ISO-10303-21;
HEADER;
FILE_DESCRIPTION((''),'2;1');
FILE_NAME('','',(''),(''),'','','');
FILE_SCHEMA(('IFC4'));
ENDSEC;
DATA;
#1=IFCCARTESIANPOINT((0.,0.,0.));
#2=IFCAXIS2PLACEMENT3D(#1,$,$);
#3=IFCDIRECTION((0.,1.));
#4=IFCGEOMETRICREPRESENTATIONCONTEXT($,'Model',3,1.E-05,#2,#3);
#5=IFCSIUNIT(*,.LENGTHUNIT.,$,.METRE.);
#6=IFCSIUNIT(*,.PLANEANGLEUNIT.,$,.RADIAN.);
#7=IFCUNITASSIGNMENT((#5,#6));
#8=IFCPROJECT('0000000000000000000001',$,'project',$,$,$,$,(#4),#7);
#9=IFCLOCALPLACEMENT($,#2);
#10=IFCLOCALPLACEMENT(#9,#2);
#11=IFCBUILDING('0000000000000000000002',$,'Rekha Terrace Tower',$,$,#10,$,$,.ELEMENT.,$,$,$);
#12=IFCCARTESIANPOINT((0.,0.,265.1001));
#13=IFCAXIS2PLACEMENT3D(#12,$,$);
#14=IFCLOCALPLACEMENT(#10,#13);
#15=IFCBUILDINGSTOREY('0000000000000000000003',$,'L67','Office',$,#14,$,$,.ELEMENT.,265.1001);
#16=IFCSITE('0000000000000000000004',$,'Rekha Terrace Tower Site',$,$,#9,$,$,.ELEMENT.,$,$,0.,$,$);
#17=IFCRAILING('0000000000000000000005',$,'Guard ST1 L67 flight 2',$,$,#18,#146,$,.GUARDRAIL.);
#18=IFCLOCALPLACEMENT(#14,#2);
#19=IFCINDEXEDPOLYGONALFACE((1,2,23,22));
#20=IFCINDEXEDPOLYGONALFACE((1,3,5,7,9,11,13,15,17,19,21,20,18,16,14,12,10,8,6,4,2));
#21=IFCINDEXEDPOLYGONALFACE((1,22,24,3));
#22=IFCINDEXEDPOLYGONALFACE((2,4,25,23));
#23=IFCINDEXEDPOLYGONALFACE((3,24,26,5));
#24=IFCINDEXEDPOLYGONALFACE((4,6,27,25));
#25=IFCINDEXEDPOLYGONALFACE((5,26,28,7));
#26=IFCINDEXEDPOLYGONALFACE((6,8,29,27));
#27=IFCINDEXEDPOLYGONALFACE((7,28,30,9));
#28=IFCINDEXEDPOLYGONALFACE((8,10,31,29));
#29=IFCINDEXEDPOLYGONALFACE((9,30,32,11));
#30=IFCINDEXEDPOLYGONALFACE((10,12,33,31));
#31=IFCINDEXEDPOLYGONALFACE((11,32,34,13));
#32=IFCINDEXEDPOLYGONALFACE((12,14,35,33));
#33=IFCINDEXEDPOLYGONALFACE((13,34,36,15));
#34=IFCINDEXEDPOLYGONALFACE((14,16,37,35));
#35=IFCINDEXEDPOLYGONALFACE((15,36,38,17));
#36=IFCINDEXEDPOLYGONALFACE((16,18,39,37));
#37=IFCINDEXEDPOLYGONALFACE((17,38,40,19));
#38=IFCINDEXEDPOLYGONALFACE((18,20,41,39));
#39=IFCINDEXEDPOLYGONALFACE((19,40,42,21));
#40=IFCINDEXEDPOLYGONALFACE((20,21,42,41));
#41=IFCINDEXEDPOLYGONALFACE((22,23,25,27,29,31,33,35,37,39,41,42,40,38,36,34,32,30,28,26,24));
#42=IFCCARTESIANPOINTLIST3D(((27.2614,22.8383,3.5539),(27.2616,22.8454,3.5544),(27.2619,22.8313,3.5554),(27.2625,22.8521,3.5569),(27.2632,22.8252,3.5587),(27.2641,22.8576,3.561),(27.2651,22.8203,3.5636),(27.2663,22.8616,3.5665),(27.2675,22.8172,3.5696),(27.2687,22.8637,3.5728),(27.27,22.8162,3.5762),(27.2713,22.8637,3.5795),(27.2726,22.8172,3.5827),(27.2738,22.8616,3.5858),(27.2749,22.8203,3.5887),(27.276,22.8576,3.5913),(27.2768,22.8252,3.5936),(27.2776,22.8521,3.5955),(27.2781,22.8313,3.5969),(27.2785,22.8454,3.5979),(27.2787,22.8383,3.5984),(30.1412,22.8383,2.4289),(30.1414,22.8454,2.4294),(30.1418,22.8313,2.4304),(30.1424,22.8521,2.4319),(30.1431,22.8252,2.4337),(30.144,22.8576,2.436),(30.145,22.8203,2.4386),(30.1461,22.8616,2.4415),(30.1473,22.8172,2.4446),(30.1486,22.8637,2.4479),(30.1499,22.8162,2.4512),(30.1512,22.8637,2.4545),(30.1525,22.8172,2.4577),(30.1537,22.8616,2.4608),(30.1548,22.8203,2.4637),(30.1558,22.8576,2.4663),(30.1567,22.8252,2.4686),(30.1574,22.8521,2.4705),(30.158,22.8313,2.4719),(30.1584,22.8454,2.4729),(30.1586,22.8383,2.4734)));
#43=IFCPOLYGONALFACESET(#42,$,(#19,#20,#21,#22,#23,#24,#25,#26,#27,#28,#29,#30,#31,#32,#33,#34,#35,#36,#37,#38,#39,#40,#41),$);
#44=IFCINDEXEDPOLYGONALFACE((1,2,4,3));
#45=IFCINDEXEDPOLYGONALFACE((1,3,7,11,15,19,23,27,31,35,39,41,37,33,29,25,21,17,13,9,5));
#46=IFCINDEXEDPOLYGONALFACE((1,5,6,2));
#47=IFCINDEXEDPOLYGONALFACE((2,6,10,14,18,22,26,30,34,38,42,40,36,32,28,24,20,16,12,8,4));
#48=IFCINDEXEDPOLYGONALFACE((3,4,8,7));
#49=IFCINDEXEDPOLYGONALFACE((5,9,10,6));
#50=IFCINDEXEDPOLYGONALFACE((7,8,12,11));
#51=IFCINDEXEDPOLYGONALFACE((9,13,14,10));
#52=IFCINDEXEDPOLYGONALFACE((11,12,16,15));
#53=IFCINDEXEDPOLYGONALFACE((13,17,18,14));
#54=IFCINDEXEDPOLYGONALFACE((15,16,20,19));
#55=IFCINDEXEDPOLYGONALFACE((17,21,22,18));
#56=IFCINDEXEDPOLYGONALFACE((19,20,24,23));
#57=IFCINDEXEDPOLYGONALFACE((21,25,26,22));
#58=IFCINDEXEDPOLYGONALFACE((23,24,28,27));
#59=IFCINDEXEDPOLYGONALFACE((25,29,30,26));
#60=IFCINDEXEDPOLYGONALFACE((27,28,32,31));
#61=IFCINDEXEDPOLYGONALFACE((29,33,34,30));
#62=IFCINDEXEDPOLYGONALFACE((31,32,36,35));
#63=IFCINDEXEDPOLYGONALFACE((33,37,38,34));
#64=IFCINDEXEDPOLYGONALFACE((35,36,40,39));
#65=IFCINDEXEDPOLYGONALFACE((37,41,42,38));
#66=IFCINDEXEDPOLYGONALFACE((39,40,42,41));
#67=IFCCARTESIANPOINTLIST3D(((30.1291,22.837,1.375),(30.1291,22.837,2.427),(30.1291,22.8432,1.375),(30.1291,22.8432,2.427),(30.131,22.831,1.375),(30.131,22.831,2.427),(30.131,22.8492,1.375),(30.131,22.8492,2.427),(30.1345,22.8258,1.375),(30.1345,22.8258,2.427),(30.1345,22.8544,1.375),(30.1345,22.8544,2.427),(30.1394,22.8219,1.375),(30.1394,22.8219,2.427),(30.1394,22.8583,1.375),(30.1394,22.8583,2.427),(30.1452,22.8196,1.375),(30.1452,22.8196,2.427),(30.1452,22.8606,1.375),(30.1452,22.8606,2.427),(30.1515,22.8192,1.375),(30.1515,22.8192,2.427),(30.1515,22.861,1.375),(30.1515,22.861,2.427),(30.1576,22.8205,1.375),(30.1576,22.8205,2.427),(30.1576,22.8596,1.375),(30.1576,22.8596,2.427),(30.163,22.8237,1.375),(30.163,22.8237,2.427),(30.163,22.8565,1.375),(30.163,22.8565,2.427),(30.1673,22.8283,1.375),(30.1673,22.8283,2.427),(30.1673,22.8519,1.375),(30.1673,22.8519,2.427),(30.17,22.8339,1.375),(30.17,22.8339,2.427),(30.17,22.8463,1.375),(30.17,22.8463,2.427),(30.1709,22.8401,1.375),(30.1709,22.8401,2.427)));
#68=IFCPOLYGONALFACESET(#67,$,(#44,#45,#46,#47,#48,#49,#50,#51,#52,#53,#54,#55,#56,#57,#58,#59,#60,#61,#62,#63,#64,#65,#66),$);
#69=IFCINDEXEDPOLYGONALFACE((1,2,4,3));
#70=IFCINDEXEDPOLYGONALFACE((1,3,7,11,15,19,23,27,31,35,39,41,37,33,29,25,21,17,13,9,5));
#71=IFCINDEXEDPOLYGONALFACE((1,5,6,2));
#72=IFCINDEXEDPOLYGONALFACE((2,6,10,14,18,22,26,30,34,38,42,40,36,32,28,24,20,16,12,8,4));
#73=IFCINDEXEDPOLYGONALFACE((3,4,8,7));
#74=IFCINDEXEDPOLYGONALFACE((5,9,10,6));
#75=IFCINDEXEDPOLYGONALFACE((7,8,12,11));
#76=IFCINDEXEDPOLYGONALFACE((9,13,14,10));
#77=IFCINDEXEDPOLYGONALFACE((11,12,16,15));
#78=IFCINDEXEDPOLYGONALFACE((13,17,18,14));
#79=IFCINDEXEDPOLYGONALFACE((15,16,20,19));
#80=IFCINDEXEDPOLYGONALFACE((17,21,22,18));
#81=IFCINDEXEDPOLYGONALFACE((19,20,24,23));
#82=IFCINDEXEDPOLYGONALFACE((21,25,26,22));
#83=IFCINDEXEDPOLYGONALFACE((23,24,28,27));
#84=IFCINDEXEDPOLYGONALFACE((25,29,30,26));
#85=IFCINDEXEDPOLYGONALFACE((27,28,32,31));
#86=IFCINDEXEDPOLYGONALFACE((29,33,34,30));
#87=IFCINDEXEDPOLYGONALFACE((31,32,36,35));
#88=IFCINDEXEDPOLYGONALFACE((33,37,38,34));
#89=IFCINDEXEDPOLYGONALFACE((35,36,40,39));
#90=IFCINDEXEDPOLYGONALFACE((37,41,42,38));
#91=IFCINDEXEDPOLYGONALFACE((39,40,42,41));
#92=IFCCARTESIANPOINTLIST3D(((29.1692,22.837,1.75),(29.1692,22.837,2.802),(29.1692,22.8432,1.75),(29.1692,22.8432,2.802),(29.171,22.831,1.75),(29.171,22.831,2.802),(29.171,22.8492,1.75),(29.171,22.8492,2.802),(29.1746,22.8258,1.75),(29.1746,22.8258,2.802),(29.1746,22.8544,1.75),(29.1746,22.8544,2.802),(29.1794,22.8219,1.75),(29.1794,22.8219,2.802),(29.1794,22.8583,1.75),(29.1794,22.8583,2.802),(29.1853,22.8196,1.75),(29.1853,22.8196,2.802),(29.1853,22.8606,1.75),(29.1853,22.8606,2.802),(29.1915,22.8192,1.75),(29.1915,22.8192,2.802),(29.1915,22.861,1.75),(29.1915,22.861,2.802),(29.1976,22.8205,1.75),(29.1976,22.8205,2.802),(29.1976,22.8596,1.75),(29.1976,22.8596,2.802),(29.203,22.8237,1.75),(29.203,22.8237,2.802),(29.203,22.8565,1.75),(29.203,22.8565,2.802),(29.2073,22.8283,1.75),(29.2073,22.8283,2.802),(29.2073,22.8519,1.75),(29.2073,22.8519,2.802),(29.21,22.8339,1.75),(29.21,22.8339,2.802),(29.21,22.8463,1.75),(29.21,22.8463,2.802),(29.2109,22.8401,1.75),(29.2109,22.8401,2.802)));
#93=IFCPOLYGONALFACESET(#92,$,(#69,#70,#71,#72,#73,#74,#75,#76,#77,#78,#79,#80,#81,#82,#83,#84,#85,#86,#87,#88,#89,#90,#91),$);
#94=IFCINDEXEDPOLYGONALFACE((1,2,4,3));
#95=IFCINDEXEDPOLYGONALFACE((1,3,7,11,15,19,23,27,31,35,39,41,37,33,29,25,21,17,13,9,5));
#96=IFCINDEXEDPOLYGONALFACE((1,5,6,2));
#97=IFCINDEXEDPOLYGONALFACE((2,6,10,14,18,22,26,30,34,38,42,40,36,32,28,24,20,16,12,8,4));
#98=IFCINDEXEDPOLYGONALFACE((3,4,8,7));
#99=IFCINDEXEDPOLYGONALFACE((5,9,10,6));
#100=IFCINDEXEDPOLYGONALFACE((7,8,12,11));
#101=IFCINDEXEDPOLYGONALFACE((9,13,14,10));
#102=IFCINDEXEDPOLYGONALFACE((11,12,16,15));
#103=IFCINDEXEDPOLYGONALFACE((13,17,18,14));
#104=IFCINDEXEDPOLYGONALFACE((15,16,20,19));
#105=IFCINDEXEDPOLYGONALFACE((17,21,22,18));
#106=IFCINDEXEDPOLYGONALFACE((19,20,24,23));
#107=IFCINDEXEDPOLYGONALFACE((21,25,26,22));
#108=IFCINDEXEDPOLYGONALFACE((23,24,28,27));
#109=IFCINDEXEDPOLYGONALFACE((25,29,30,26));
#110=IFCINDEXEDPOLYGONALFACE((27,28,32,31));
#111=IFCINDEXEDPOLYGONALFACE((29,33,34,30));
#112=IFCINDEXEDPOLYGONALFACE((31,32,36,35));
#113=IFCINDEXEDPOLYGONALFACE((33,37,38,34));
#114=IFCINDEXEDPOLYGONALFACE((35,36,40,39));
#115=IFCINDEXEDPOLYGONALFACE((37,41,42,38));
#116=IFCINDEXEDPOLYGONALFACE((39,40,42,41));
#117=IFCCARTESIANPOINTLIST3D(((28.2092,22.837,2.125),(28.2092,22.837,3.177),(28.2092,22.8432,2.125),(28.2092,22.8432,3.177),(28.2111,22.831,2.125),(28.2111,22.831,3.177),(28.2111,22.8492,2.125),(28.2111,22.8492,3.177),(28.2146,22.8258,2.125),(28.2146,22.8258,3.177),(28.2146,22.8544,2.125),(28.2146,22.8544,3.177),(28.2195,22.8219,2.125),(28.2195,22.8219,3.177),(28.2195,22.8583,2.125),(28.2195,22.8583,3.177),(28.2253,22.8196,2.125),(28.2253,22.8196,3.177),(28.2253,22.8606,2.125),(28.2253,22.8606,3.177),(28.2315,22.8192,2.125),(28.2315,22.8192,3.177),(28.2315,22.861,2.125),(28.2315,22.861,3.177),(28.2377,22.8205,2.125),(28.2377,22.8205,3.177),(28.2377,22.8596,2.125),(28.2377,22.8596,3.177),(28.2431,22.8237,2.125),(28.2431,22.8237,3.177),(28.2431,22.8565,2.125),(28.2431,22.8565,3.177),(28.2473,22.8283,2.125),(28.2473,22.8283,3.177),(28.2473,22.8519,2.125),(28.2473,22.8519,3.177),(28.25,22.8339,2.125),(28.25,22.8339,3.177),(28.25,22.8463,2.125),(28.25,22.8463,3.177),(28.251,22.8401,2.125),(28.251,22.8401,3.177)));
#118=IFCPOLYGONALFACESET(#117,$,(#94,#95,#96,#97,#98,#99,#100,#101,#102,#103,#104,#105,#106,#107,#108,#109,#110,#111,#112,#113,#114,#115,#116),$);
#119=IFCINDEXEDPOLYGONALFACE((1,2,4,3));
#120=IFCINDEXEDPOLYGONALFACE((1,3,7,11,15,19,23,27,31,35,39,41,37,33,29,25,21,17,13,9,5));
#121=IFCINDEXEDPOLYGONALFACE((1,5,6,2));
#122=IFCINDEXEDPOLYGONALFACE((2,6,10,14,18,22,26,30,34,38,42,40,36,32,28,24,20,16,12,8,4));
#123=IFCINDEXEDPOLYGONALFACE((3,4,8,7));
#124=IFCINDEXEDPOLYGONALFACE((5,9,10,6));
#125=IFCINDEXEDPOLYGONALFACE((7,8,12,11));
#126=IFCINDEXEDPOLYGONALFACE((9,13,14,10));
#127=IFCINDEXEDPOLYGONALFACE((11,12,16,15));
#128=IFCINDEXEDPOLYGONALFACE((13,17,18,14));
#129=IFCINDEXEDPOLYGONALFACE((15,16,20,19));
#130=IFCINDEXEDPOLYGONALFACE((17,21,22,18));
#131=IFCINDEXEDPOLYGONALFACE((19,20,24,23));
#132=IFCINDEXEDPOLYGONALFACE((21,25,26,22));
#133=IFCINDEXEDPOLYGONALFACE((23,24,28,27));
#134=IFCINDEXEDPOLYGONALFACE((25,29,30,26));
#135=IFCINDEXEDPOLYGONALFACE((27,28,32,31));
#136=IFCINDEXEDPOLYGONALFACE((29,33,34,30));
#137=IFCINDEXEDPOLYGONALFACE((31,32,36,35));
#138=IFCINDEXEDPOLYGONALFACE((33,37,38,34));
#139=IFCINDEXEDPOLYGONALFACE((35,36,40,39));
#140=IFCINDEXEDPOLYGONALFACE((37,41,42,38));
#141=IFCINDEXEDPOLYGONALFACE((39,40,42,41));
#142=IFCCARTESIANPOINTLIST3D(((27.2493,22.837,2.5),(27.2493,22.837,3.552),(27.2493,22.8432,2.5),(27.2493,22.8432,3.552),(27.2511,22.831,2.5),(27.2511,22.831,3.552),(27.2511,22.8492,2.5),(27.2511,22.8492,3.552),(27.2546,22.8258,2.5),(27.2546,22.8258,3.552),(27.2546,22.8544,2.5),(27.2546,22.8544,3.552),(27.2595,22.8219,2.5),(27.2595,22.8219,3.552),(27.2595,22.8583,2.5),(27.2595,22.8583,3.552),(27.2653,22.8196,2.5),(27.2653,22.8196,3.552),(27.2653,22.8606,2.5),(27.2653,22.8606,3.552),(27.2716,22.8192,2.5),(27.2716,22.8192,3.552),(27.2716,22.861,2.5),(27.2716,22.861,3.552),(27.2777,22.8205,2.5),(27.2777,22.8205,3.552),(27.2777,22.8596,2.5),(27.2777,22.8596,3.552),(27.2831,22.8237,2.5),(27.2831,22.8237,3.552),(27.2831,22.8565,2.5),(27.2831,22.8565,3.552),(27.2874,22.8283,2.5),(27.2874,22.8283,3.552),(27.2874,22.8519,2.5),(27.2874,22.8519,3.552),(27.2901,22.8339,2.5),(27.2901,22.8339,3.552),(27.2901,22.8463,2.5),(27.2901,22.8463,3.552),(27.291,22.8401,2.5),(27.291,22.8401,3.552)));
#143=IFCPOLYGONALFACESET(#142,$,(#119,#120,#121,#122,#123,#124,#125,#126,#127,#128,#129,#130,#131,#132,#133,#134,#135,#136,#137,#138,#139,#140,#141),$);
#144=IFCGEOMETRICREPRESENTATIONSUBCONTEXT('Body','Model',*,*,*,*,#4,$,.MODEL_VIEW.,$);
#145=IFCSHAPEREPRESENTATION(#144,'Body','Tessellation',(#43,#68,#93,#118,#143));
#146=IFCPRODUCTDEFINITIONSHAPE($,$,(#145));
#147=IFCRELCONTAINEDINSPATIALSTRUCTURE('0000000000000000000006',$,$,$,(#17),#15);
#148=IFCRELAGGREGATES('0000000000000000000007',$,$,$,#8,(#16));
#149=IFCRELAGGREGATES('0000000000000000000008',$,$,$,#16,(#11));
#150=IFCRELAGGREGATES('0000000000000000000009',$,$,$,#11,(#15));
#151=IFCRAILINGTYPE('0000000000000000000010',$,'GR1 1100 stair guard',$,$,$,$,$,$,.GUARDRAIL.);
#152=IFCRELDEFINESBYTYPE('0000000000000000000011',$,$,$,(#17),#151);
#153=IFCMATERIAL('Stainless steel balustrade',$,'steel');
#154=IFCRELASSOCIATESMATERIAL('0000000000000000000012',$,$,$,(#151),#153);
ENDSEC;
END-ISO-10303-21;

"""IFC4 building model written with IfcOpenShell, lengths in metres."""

from ifc_helpers import new_model, si_unit, direction, frame, origin, origin_2d, place, context, subcontext, project, spatial, circle, extrude, material, type_object, element, save


model = new_model("IFC4")

# Units and contexts
model_context = context("Model", 3, precision=1e-05, world=origin(), true_north=direction((0.0, 1.0)))
body_context = subcontext(model_context, "Body", "Model", "MODEL_VIEW")
ifc_project = project(units=[si_unit("LENGTHUNIT", "METRE"), si_unit("PLANEANGLEUNIT", "RADIAN")], contexts=[model_context])

# Site, building, storey
site_placement = place(None, origin())
site = spatial("IfcSite", under=ifc_project, at=site_placement, Name="Rekha Terrace Tower Site", CompositionType="ELEMENT", RefElevation=0.0)
building_placement = place(site_placement, origin())
building = spatial("IfcBuilding", under=site, at=building_placement, Name="Rekha Terrace Tower", CompositionType="ELEMENT")
storey_placement = place(building_placement, frame((0.0, 0.0, 265.1001)))
storey = spatial("IfcBuildingStorey", under=building, at=storey_placement, Name="L67", Description="Office", CompositionType="ELEMENT", Elevation=265.1001)

# Railing
ifc_material_1 = material(Name="Stainless steel balustrade", Category="steel")
railing_type_1 = type_object("IfcRailingType", Name="GR1 1100 stair guard", PredefinedType="GUARDRAIL", material=ifc_material_1)
railing_1_placement = place(storey_placement, frame((30.1499, 22.8401, 1.375)))
element("IfcRailing", 1, at=railing_1_placement, inside=storey, type_object=railing_type_1, Name="Guard ST1 L67 flight 2", PredefinedType="GUARDRAIL", context=body_context, shape_type="SweptSolid", body=[
    extrude(circle(Radius=0.0239, at=origin_2d()), frame((0.0, 0.0, 1.0762), z_axis=(-0.931452, 0.0, 0.363863), x_axis=(0.0, -1.0, 0.0)), (0.0, 0.0, 1.0), 3.0918),
    extrude(circle(Radius=0.021, at=origin_2d()), origin(), (0.0, 0.0, 1.0), 1.052),
    extrude(circle(Radius=0.021, at=origin_2d()), frame((-0.96, 0.0, 0.375)), (0.0, 0.0, 1.0), 1.052),
    extrude(circle(Radius=0.021, at=origin_2d()), frame((-1.9199, 0.0, 0.75)), (0.0, 0.0, 1.0), 1.052),
    extrude(circle(Radius=0.021, at=origin_2d()), frame((-2.8799, 0.0, 1.125)), (0.0, 0.0, 1.0), 1.052),
])

save(model, "model.ifc")
